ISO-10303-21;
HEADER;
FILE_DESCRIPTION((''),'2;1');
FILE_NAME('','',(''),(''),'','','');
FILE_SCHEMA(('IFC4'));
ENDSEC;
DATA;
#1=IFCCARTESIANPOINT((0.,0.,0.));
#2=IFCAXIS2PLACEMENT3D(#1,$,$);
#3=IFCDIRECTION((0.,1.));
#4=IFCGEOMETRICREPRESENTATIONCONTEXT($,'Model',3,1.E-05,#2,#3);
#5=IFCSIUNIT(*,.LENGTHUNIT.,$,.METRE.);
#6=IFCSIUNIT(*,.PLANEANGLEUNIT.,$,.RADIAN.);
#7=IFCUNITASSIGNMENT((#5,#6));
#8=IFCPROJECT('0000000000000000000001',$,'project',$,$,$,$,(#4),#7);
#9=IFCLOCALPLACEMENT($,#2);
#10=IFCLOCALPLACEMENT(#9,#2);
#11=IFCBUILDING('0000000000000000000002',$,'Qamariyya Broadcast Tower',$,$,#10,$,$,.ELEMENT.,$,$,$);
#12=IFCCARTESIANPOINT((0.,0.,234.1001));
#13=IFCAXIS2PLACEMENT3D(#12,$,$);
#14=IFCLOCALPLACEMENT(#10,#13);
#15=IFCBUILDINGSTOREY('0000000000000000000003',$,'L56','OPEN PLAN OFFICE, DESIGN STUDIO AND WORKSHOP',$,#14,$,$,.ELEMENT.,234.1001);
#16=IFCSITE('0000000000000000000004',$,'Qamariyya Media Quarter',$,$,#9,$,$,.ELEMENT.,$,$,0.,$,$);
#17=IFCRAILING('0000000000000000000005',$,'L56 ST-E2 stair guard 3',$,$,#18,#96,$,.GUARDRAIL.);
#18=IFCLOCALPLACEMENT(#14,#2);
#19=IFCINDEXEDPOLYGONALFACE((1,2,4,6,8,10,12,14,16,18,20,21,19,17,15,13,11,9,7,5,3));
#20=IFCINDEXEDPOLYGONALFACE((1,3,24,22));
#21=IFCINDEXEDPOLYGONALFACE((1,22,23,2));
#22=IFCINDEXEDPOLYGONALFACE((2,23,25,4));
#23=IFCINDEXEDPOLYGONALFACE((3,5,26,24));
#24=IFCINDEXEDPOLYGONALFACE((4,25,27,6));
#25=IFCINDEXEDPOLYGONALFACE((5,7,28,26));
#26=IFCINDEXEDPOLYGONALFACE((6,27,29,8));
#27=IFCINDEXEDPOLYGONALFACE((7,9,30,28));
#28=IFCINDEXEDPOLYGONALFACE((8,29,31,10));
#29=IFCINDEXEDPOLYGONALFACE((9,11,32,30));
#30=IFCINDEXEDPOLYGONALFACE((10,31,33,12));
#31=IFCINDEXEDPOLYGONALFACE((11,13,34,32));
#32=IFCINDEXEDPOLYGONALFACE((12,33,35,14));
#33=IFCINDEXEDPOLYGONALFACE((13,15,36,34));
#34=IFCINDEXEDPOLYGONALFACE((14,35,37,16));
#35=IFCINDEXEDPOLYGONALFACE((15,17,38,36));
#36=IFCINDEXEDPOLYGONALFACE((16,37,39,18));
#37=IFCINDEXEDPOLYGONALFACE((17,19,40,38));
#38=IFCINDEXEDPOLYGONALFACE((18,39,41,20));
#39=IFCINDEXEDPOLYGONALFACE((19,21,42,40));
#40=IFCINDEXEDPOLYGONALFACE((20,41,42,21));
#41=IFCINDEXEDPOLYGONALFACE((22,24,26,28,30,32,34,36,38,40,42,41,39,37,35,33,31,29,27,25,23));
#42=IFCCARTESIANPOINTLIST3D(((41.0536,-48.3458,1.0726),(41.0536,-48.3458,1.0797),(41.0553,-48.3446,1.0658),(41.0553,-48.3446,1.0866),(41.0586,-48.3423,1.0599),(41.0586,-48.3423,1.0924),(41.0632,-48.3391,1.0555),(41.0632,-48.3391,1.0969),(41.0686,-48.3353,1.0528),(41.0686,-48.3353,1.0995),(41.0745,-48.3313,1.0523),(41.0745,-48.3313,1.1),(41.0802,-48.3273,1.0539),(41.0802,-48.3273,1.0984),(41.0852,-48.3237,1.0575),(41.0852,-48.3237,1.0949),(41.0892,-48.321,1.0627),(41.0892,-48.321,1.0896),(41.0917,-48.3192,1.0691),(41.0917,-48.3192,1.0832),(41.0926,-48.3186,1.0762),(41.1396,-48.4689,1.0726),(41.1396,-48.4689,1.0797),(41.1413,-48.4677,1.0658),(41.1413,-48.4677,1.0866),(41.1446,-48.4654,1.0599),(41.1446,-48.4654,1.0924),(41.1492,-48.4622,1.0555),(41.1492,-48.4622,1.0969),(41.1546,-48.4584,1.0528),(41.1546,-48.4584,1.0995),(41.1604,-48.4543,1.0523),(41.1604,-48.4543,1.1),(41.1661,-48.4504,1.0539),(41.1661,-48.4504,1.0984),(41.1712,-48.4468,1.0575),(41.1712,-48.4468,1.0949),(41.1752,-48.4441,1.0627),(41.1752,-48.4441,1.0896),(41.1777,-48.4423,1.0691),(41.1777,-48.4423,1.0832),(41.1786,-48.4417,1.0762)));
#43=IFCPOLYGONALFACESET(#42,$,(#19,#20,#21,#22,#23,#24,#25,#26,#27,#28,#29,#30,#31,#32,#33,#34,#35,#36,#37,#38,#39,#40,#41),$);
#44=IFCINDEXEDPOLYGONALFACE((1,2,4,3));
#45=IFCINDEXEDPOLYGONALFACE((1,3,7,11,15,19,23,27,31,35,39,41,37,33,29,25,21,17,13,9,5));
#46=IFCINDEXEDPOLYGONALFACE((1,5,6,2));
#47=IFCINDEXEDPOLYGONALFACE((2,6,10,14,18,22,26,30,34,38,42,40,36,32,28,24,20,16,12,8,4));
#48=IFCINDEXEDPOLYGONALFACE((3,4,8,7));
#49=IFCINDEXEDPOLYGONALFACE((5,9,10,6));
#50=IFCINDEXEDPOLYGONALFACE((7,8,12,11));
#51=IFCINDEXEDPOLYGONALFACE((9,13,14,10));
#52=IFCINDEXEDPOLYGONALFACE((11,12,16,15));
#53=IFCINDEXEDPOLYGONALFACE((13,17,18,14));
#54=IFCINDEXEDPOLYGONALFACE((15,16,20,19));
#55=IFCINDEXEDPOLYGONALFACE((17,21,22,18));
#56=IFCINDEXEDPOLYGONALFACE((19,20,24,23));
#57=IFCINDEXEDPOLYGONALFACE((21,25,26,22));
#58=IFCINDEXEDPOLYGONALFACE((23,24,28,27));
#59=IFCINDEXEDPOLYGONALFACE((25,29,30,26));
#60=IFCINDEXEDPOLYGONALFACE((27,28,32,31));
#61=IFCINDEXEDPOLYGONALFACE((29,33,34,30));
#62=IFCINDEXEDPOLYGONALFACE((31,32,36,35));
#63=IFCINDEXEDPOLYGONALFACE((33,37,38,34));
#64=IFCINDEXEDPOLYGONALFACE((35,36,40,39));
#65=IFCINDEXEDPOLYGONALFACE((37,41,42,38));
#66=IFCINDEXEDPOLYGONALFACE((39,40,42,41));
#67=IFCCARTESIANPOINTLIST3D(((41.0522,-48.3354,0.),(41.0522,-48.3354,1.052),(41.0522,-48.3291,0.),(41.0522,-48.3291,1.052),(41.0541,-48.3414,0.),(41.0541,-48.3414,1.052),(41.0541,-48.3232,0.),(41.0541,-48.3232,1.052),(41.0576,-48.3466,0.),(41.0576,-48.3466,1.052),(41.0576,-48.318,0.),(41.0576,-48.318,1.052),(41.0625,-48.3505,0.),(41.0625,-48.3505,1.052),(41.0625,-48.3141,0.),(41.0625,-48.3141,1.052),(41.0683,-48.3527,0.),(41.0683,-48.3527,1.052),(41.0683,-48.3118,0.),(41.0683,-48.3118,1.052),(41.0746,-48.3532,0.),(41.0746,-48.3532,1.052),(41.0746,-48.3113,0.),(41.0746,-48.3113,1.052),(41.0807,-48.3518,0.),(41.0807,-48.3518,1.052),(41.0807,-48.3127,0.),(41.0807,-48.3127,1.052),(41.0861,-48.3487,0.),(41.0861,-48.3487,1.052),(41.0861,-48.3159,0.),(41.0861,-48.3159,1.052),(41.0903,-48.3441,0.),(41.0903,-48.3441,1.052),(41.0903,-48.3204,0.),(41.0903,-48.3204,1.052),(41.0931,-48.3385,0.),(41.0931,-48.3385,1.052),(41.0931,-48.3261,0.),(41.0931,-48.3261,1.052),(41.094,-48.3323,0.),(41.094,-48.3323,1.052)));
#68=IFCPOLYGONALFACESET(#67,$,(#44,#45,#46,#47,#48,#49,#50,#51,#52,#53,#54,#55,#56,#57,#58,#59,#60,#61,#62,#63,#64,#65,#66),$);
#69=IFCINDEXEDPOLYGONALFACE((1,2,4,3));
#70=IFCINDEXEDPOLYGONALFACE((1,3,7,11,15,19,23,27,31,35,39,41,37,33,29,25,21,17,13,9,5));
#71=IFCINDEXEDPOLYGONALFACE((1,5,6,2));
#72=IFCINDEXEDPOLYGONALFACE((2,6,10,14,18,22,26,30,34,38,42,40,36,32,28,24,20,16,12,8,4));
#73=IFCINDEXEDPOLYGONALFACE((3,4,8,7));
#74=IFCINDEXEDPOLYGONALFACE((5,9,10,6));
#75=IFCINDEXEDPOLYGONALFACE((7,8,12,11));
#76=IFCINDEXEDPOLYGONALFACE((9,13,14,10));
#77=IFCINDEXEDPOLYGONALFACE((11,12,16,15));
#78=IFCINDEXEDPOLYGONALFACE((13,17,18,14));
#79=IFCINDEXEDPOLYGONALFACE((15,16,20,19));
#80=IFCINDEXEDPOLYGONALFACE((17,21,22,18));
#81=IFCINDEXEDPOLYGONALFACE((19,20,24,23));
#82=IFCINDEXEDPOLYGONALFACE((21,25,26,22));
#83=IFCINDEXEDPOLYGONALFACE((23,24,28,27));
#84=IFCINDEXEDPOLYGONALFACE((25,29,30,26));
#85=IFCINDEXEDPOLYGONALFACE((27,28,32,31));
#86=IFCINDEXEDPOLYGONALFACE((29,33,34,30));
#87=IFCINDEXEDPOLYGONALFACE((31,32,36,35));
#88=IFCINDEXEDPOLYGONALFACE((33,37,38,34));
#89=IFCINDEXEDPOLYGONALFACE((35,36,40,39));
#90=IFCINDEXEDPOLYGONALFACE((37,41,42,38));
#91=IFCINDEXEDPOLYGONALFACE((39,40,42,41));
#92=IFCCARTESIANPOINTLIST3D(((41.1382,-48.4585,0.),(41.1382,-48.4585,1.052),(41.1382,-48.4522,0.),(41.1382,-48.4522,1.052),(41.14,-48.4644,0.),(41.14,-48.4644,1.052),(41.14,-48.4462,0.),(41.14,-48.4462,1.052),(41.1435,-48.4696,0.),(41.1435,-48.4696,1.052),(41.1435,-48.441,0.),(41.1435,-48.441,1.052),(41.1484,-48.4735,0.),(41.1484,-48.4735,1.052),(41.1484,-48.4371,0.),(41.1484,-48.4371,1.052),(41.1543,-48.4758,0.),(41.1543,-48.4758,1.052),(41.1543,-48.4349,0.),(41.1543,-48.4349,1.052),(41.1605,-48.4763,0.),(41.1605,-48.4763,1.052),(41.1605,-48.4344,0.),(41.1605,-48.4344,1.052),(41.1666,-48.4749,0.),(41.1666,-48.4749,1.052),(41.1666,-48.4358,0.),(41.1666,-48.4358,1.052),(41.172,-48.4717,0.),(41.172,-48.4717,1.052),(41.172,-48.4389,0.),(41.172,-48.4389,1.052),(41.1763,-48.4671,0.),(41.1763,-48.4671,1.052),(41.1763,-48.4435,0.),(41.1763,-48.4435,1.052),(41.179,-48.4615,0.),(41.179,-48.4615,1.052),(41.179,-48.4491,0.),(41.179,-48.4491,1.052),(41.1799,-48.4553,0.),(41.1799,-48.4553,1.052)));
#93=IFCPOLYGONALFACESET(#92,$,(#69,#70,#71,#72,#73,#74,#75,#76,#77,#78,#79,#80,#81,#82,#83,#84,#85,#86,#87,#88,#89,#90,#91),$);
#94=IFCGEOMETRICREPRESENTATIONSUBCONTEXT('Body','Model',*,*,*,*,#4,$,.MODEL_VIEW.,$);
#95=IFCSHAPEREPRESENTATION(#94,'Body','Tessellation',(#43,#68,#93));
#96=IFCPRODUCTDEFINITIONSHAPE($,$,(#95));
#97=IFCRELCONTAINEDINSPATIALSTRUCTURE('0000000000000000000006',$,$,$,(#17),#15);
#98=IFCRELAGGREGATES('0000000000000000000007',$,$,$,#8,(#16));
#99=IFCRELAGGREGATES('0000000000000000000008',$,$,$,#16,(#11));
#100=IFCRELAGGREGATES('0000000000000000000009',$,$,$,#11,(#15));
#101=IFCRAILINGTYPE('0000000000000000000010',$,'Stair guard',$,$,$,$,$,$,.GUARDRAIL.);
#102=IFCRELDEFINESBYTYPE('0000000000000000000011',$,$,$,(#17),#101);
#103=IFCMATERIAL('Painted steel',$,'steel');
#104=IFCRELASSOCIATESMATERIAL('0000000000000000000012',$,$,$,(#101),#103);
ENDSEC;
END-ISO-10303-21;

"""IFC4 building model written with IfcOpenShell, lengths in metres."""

from ifc_helpers import new_model, si_unit, direction, frame, origin, origin_2d, place, context, subcontext, project, spatial, circle, extrude, material, type_object, element, save


model = new_model("IFC4")

# Units and contexts
model_context = context("Model", 3, precision=1e-05, world=origin(), true_north=direction((0.0, 1.0)))
body_context = subcontext(model_context, "Body", "Model", "MODEL_VIEW")
ifc_project = project(units=[si_unit("LENGTHUNIT", "METRE"), si_unit("PLANEANGLEUNIT", "RADIAN")], contexts=[model_context])

# Site, building, storey
site_placement = place(None, origin())
site = spatial("IfcSite", under=ifc_project, at=site_placement, Name="Qamariyya Media Quarter", CompositionType="ELEMENT", RefElevation=0.0)
building_placement = place(site_placement, origin())
building = spatial("IfcBuilding", under=site, at=building_placement, Name="Qamariyya Broadcast Tower", CompositionType="ELEMENT")
storey_placement = place(building_placement, frame((0.0, 0.0, 234.1001)))
storey = spatial("IfcBuildingStorey", under=building, at=storey_placement, Name="L56", Description="OPEN PLAN OFFICE, DESIGN STUDIO AND WORKSHOP", CompositionType="ELEMENT", Elevation=234.1001)

# Railing
ifc_material_1 = material(Name="Painted steel", Category="steel")
railing_type_1 = type_object("IfcRailingType", Name="Stair guard", PredefinedType="GUARDRAIL", material=ifc_material_1)
railing_1_placement = place(storey_placement, frame((41.073, -48.3323, 0.0)))
element("IfcRailing", 1, at=railing_1_placement, inside=storey, type_object=railing_type_1, Name="L56 ST-E2 stair guard 3", PredefinedType="GUARDRAIL", context=body_context, shape_type="SweptSolid", body=[
    extrude(circle(Radius=0.0239, at=origin_2d()), frame((0.0, 0.0, 1.0762), z_axis=(0.572589, -0.819843, 0.0), x_axis=(0.819843, 0.572589, 0.0)), (0.0, 0.0, 1.0), 0.1501),
    extrude(circle(Radius=0.021, at=origin_2d()), origin(), (0.0, 0.0, 1.0), 1.052),
    extrude(circle(Radius=0.021, at=origin_2d()), frame((0.0859, -0.123, 0.0)), (0.0, 0.0, 1.0), 1.052),
])

save(model, "model.ifc")
